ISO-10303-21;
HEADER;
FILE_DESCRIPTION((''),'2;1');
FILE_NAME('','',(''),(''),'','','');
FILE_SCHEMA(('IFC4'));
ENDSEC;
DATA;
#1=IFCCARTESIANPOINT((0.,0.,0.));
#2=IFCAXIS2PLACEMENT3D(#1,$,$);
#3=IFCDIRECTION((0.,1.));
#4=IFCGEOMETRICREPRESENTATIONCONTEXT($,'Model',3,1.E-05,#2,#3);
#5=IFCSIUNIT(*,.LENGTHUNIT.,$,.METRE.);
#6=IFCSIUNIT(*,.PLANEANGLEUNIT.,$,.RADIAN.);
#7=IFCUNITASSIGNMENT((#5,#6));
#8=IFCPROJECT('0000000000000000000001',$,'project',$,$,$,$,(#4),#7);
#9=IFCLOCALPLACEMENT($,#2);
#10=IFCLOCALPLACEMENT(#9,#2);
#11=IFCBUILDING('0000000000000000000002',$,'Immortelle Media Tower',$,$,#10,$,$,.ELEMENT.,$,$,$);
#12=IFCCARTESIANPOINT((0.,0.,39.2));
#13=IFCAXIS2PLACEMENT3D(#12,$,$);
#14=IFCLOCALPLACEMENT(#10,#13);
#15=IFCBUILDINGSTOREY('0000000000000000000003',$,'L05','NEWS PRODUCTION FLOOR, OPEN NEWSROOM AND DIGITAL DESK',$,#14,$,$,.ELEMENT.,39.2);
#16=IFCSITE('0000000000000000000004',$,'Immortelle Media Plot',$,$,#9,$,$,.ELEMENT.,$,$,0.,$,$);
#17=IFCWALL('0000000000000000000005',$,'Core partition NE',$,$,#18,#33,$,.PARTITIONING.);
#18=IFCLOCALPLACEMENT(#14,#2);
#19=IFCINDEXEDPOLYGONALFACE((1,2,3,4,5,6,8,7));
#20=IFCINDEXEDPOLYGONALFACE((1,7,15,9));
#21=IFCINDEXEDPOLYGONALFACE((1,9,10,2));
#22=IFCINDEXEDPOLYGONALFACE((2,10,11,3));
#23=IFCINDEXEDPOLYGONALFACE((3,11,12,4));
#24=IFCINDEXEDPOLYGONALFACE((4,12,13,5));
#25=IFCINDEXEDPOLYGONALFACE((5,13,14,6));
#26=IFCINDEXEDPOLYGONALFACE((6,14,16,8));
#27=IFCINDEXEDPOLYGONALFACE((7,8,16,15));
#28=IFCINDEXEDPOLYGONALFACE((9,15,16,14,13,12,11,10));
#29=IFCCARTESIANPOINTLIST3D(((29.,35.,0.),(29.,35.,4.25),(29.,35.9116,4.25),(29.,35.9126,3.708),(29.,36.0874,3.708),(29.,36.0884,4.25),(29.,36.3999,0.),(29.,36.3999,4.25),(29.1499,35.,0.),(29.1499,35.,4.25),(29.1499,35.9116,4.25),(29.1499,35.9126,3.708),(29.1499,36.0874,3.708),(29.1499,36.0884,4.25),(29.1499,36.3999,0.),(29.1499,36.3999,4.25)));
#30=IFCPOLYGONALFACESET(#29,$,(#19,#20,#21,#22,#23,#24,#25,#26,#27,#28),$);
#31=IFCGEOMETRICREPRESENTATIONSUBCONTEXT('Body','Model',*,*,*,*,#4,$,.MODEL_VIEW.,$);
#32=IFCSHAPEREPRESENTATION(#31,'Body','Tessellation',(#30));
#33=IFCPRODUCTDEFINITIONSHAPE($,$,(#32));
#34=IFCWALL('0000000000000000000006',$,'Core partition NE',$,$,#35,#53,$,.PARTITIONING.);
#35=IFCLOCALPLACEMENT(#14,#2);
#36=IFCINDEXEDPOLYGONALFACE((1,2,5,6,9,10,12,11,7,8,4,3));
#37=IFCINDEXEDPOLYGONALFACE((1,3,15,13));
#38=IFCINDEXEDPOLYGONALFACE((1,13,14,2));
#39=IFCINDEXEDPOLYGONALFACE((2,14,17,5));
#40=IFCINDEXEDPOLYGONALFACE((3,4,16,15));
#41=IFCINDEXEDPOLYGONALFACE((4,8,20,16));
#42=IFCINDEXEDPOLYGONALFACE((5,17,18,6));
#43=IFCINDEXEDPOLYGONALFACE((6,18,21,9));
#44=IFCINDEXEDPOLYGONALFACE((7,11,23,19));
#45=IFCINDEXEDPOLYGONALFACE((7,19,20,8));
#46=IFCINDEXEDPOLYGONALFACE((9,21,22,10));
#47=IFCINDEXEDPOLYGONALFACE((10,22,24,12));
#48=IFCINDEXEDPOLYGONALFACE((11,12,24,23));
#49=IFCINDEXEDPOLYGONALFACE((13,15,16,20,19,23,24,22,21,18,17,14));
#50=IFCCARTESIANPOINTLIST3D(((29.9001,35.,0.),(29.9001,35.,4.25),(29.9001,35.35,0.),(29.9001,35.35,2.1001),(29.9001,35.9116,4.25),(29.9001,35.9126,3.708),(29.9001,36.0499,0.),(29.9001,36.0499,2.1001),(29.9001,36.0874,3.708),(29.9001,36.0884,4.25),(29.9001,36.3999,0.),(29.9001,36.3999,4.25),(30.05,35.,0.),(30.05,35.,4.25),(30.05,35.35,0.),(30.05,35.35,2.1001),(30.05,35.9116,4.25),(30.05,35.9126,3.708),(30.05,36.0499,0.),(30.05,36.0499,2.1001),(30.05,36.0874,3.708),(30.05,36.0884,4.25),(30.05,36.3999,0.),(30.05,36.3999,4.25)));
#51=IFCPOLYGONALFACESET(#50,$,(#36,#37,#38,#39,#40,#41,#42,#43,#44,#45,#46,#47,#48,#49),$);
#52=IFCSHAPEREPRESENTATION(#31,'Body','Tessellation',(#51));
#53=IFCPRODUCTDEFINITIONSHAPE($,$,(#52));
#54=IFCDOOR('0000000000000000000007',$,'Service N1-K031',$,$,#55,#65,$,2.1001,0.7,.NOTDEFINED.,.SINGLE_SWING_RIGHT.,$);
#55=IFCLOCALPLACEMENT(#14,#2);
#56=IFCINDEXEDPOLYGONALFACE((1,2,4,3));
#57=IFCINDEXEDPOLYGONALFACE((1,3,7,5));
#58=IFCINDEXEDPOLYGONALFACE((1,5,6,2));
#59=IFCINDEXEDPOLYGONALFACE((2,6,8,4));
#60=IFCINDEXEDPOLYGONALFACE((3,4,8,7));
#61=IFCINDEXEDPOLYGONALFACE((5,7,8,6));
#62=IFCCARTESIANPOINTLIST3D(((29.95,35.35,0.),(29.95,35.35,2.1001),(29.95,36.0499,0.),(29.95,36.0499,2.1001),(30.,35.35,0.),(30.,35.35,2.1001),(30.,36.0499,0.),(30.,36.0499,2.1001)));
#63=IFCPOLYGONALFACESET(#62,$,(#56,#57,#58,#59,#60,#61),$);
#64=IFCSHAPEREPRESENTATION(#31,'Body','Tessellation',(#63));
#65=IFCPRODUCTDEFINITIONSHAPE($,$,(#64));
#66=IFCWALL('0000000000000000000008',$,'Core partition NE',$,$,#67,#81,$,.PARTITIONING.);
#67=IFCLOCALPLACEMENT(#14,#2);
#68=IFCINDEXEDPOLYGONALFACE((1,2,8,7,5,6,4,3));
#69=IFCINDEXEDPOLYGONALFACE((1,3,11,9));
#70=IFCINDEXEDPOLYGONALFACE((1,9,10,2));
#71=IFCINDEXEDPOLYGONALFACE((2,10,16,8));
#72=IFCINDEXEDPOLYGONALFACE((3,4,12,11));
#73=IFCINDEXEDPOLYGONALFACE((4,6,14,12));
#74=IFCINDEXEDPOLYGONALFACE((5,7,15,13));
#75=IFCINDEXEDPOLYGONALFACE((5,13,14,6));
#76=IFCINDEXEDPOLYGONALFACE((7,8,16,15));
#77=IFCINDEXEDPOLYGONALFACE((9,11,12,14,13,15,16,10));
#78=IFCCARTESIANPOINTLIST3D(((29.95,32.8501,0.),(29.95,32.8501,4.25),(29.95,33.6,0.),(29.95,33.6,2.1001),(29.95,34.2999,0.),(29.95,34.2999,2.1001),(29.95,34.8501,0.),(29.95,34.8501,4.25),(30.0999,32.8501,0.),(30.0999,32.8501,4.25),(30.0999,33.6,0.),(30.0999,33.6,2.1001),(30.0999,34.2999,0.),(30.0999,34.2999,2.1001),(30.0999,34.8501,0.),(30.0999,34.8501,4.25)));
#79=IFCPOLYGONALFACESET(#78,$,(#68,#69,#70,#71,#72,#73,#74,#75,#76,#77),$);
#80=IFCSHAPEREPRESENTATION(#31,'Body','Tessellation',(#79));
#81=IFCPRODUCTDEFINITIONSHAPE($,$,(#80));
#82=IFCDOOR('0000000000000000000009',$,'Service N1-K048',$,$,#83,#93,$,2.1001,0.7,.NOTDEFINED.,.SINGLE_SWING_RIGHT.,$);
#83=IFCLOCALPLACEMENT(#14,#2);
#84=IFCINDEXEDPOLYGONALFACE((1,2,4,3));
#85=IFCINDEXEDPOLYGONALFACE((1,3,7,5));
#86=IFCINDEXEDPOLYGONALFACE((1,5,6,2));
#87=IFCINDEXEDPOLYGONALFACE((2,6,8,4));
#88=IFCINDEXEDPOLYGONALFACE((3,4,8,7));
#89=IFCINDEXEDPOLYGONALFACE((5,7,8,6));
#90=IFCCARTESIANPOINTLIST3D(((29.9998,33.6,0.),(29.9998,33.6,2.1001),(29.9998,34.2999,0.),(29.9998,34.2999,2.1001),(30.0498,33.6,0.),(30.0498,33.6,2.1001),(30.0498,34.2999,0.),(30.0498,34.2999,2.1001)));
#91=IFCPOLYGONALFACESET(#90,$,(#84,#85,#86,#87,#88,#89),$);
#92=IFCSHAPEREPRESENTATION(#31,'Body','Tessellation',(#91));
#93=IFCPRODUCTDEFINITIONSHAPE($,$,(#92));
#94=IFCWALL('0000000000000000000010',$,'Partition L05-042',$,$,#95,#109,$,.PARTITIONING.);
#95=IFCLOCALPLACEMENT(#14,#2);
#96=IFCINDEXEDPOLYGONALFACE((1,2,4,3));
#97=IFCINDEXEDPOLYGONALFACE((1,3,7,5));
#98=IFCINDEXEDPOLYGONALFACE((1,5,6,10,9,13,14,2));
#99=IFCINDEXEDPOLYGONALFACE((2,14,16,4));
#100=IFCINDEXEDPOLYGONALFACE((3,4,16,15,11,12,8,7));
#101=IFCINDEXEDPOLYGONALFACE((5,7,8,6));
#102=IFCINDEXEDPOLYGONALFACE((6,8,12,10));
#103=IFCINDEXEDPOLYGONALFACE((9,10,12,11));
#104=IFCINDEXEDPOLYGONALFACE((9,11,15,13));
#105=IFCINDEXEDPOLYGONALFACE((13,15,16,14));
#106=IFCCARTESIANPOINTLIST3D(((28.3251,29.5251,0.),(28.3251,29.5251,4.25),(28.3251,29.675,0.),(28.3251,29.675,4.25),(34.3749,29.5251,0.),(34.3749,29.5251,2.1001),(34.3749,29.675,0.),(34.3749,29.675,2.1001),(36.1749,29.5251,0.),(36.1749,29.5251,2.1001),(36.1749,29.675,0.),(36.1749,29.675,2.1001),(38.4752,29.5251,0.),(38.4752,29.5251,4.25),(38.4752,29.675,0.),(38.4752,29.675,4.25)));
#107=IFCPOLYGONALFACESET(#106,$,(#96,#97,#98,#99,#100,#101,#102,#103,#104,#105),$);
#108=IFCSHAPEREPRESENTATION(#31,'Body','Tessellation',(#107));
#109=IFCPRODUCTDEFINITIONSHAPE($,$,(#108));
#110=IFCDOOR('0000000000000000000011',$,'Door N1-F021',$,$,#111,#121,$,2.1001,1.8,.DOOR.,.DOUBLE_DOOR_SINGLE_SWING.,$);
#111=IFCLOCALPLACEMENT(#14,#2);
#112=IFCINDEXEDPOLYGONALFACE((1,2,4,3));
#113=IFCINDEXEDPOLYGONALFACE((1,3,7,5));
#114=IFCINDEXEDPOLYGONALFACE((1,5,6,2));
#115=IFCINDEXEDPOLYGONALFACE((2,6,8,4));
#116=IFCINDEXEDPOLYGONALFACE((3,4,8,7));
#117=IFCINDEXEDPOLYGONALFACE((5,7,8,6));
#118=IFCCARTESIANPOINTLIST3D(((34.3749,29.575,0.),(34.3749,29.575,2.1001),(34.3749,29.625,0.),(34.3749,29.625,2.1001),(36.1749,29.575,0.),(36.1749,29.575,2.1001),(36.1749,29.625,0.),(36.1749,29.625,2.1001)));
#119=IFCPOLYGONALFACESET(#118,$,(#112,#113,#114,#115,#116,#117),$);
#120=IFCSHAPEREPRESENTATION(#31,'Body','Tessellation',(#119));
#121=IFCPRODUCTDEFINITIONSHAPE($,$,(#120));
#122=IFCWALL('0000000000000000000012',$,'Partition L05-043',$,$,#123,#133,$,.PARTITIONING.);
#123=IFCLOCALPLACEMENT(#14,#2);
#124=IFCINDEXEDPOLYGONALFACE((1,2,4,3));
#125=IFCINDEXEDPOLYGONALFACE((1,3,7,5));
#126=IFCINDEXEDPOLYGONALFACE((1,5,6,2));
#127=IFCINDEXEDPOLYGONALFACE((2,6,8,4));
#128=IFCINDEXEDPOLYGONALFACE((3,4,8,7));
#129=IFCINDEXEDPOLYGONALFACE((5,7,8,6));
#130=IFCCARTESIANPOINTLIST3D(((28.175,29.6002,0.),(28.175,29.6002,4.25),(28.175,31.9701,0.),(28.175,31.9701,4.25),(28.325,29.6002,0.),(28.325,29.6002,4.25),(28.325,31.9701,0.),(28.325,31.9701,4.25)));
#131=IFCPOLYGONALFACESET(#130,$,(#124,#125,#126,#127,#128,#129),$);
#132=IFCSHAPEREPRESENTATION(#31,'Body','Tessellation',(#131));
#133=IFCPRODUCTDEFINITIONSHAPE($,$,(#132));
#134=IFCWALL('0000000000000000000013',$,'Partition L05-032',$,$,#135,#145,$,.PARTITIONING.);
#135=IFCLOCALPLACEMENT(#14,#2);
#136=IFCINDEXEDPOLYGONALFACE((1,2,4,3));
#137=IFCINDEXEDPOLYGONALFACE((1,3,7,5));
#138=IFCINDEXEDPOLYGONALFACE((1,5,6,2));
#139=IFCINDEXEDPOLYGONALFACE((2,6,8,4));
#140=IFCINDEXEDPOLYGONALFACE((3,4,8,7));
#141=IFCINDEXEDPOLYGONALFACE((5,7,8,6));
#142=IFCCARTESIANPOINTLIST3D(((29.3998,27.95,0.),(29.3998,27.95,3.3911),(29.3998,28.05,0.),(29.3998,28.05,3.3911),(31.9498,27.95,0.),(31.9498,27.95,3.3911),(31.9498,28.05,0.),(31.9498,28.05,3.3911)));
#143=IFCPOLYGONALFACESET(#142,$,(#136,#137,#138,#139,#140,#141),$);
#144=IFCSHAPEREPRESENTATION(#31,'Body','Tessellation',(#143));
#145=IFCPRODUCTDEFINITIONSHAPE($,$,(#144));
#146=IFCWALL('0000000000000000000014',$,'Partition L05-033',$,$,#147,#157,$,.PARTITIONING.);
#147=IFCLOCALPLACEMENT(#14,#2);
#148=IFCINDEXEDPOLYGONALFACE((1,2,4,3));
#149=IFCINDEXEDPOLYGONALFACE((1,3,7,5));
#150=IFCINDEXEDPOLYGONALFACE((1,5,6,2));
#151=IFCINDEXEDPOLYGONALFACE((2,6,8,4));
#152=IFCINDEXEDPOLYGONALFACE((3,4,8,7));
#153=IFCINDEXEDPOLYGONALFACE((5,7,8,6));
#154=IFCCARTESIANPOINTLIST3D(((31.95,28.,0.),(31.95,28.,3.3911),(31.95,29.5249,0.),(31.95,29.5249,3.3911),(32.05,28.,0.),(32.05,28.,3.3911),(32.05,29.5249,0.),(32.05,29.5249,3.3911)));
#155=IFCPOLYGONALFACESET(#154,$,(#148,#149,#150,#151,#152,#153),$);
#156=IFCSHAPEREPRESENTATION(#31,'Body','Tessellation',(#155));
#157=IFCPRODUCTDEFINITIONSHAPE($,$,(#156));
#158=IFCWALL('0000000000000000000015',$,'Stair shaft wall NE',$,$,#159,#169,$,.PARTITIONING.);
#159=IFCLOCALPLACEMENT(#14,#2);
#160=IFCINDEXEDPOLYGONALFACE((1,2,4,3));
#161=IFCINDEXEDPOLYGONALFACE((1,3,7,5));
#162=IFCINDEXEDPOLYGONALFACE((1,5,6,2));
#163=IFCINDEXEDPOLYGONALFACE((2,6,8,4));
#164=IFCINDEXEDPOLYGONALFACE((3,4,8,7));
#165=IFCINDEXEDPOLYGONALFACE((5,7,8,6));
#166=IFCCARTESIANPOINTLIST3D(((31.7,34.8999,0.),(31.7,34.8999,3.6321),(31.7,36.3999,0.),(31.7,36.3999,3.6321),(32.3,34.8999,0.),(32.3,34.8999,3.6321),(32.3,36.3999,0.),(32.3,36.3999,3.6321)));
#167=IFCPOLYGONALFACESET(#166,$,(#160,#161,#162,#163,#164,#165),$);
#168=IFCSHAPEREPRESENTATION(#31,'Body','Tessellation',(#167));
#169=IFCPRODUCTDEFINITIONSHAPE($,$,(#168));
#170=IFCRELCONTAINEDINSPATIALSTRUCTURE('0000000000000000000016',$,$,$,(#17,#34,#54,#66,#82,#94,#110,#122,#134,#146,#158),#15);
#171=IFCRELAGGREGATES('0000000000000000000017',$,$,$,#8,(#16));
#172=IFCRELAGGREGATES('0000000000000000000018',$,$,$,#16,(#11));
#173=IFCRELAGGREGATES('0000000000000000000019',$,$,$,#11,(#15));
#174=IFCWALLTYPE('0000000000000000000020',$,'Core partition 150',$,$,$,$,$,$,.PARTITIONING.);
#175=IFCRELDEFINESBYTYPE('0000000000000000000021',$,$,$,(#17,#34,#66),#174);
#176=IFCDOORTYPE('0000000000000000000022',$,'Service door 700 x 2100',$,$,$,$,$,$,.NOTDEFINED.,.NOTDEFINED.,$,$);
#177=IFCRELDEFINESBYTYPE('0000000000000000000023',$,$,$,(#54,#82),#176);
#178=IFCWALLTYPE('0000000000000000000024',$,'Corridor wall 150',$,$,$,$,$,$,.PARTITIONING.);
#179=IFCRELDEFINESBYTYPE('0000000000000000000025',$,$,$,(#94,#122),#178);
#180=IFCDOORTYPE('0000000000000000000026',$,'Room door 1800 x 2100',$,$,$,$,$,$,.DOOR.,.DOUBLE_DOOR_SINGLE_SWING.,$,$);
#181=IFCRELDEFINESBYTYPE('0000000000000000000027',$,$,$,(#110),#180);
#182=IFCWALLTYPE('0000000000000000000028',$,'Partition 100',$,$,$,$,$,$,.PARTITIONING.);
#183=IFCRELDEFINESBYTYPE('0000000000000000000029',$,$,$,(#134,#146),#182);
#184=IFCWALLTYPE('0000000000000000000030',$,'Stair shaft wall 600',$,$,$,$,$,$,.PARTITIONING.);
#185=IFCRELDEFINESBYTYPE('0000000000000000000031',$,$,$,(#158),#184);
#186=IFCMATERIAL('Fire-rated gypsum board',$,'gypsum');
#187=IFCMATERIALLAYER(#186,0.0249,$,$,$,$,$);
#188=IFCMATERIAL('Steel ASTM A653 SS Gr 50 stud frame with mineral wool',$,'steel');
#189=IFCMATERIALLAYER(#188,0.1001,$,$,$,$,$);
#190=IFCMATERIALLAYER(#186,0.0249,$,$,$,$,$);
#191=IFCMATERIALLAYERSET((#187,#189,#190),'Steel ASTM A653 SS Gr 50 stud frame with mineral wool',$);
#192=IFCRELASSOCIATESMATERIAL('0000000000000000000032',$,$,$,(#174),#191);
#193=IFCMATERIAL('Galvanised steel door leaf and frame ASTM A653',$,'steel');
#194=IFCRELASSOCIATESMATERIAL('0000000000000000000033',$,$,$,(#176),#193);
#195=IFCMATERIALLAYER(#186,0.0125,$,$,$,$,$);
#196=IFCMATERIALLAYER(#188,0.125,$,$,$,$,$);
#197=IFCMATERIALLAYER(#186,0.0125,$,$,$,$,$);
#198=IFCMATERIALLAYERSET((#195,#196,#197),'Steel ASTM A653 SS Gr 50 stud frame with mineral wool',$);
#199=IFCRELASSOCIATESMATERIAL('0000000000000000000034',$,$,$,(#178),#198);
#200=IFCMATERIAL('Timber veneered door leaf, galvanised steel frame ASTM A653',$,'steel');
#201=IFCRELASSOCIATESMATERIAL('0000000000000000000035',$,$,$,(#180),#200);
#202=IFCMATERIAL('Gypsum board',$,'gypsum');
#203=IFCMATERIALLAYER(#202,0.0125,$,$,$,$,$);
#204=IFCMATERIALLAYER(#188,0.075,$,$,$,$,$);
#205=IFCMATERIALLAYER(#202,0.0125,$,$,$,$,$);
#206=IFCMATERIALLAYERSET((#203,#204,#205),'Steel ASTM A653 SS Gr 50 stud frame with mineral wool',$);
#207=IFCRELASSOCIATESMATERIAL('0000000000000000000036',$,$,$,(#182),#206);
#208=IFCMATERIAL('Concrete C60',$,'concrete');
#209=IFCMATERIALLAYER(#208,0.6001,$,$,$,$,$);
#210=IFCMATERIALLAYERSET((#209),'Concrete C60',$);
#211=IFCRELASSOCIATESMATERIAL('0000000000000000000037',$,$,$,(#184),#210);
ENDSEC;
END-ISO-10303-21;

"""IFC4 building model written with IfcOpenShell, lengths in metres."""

from ifc_helpers import new_model, si_unit, direction, frame, frame_2d, origin, place, context, subcontext, project, spatial, polyline, rectangle, outline, extrude, material, layer, layer_set, type_object, element, fill, save


model = new_model("IFC4")

# Units and contexts
model_context = context("Model", 3, precision=1e-05, world=origin(), true_north=direction((0.0, 1.0)))
body_context = subcontext(model_context, "Body", "Model", "MODEL_VIEW")
ifc_project = project(units=[si_unit("LENGTHUNIT", "METRE"), si_unit("PLANEANGLEUNIT", "RADIAN")], contexts=[model_context])

# Site, building, storey
site_placement = place(None, origin())
site = spatial("IfcSite", under=ifc_project, at=site_placement, Name="Immortelle Media Plot", CompositionType="ELEMENT", RefElevation=0.0)
building_placement = place(site_placement, origin())
building = spatial("IfcBuilding", under=site, at=building_placement, Name="Immortelle Media Tower", CompositionType="ELEMENT")
storey_placement = place(building_placement, frame((0.0, 0.0, 39.2)))
storey = spatial("IfcBuildingStorey", under=building, at=storey_placement, Name="L05", Description="NEWS PRODUCTION FLOOR, OPEN NEWSROOM AND DIGITAL DESK", CompositionType="ELEMENT", Elevation=39.2)

# Shared definitions
ifc_material_1 = material(Name="Fire-rated gypsum board", Category="gypsum")
ifc_material_2 = material(Name="Steel ASTM A653 SS Gr 50 stud frame with mineral wool", Category="steel")

# Shared definitions
ifc_layer_1 = layer(ifc_material_1, 0.0249)
ifc_layer_2 = layer(ifc_material_2, 0.1001)
ifc_layer_3 = layer(ifc_material_1, 0.0249)
ifc_layer_set_1 = layer_set([ifc_layer_1, ifc_layer_2, ifc_layer_3], Name="Steel ASTM A653 SS Gr 50 stud frame with mineral wool")
wall_type_1 = type_object("IfcWallType", Name="Core partition 150", PredefinedType="PARTITIONING", material=ifc_layer_set_1)
ifc_material_3 = material(Name="Galvanised steel door leaf and frame ASTM A653", Category="steel")
door_type_1 = type_object("IfcDoorType", Name="Service door 700 x 2100", OperationType="NOTDEFINED", PredefinedType="NOTDEFINED", material=ifc_material_3)

# Wall
wall_1_placement = place(storey_placement, frame((29.075, 35.0, 0.0), z_axis=(0.0, 0.0, 1.0), x_axis=(0.0, 1.0, 0.0)))
element("IfcWall", 1, at=wall_1_placement, inside=storey, type_object=wall_type_1, Name="Core partition NE", PredefinedType="PARTITIONING", context=body_context, shape_type="SweptSolid", body=[
    extrude(outline(polyline([(0.0, 0.0), (1.3999, 0.0), (1.3999, 4.25), (1.0884, 4.25), (1.0874, 3.708), (0.9126, 3.708), (0.9116, 4.25), (0.0, 4.25), (0.0, 0.0)])), frame((0.0, 0.075, 0.0), z_axis=(0.0, -1.0, 0.0), x_axis=(1.0, 0.0, 0.0)), (0.0, 0.0, 1.0), 0.1499),
])

# Walls, openings, doors
wall_2_placement = place(storey_placement, frame((29.9751, 35.0, 0.0), z_axis=(0.0, 0.0, 1.0), x_axis=(0.0, 1.0, 0.0)))
wall_2 = element("IfcWall", 2, at=wall_2_placement, inside=storey, type_object=wall_type_1, Name="Core partition NE", PredefinedType="PARTITIONING", context=body_context, shape_type="SweptSolid", body=[
    extrude(outline(polyline([(0.0, 0.0), (1.3999, 0.0), (1.3999, 4.25), (1.0884, 4.25), (1.0874, 3.708), (0.9126, 3.708), (0.9116, 4.25), (0.0, 4.25), (0.0, 0.0)])), frame((0.0, 0.075, 0.0), z_axis=(0.0, -1.0, 0.0), x_axis=(1.0, 0.0, 0.0)), (0.0, 0.0, 1.0), 0.1499),
])
opening_1_placement = place(wall_2_placement, frame((1.05, 0.0, 0.0), z_axis=(0.0, 0.0, 1.0), x_axis=(-1.0, 0.0, 0.0)))
opening_1 = element("IfcOpeningElement", 3, at=opening_1_placement, cuts=wall_2, PredefinedType="OPENING", context=body_context, shape_type="SweptSolid", body=[
    extrude(rectangle(XDim=0.7, YDim=2.1001, at=frame_2d((0.3501, 1.05))), frame((0.0, 0.085, 0.0), z_axis=(0.0, -1.0, 0.0), x_axis=(1.0, 0.0, 0.0)), (0.0, 0.0, 1.0), 0.1699),
])
door_1_placement = place(opening_1_placement, origin())
door_1 = element("IfcDoor", 4, at=door_1_placement, inside=storey, type_object=door_type_1, Name="Service N1-K031", OperationType="SINGLE_SWING_RIGHT", OverallHeight=2.1001, OverallWidth=0.7, PredefinedType="NOTDEFINED", context=body_context, shape_type="SweptSolid", body=[
    extrude(rectangle(XDim=0.7, YDim=2.1001, at=frame_2d((0.3501, 1.05))), frame((0.0, 0.0249, 0.0), z_axis=(0.0, -1.0, 0.0), x_axis=(1.0, 0.0, 0.0)), (0.0, 0.0, 1.0), 0.05),
])
fill(opening_1, door_1)
wall_3_placement = place(storey_placement, frame((30.0249, 32.8501, 0.0), z_axis=(0.0, 0.0, 1.0), x_axis=(0.0, 1.0, 0.0)))
wall_3 = element("IfcWall", 5, at=wall_3_placement, inside=storey, type_object=wall_type_1, Name="Core partition NE", PredefinedType="PARTITIONING", context=body_context, shape_type="SweptSolid", body=[
    extrude(rectangle(XDim=2.0, YDim=0.1499, at=frame_2d((1.0, 0.0))), origin(), (0.0, 0.0, 1.0), 4.25),
])
opening_2_placement = place(wall_3_placement, frame((1.45, 0.0, 0.0), z_axis=(0.0, 0.0, 1.0), x_axis=(-1.0, 0.0, 0.0)))
opening_2 = element("IfcOpeningElement", 6, at=opening_2_placement, cuts=wall_3, PredefinedType="OPENING", context=body_context, shape_type="SweptSolid", body=[
    extrude(rectangle(XDim=0.7, YDim=2.1001, at=frame_2d((0.3501, 1.05))), frame((0.0, 0.085, 0.0), z_axis=(0.0, -1.0, 0.0), x_axis=(1.0, 0.0, 0.0)), (0.0, 0.0, 1.0), 0.1699),
])
door_2_placement = place(opening_2_placement, origin())
door_2 = element("IfcDoor", 7, at=door_2_placement, inside=storey, type_object=door_type_1, Name="Service N1-K048", OperationType="SINGLE_SWING_RIGHT", OverallHeight=2.1001, OverallWidth=0.7, PredefinedType="NOTDEFINED", context=body_context, shape_type="SweptSolid", body=[
    extrude(rectangle(XDim=0.7, YDim=2.1001, at=frame_2d((0.3501, 1.05))), frame((0.0, 0.0249, 0.0), z_axis=(0.0, -1.0, 0.0), x_axis=(1.0, 0.0, 0.0)), (0.0, 0.0, 1.0), 0.05),
])
fill(opening_2, door_2)
ifc_layer_4 = layer(ifc_material_1, 0.0125)
ifc_layer_5 = layer(ifc_material_2, 0.125)
ifc_layer_6 = layer(ifc_material_1, 0.0125)
ifc_layer_set_2 = layer_set([ifc_layer_4, ifc_layer_5, ifc_layer_6], Name="Steel ASTM A653 SS Gr 50 stud frame with mineral wool")
wall_type_2 = type_object("IfcWallType", Name="Corridor wall 150", PredefinedType="PARTITIONING", material=ifc_layer_set_2)
wall_4_placement = place(storey_placement, frame((28.325, 29.6001, 0.0), z_axis=(0.0, 0.0, 1.0), x_axis=(1.0, 0.0, 0.0)))
wall_4 = element("IfcWall", 8, at=wall_4_placement, inside=storey, type_object=wall_type_2, Name="Partition L05-042", PredefinedType="PARTITIONING", context=body_context, shape_type="SweptSolid", body=[
    extrude(rectangle(XDim=10.1501, YDim=0.1499, at=frame_2d((5.0752, 0.0))), origin(), (0.0, 0.0, 1.0), 4.25),
])
opening_3_placement = place(wall_4_placement, frame((6.05, 0.0, 0.0)))
opening_3 = element("IfcOpeningElement", 9, at=opening_3_placement, cuts=wall_4, PredefinedType="OPENING", context=body_context, shape_type="SweptSolid", body=[
    extrude(rectangle(XDim=1.8, YDim=2.1001, at=frame_2d((0.8999, 1.05))), frame((0.0, 0.085, 0.0), z_axis=(0.0, -1.0, 0.0), x_axis=(1.0, 0.0, 0.0)), (0.0, 0.0, 1.0), 0.1699),
])
ifc_material_4 = material(Name="Timber veneered door leaf, galvanised steel frame ASTM A653", Category="steel")
door_type_2 = type_object("IfcDoorType", Name="Room door 1800 x 2100", OperationType="DOUBLE_DOOR_SINGLE_SWING", PredefinedType="DOOR", material=ifc_material_4)
door_3_placement = place(opening_3_placement, origin())
door_3 = element("IfcDoor", 10, at=door_3_placement, inside=storey, type_object=door_type_2, Name="Door N1-F021", OperationType="DOUBLE_DOOR_SINGLE_SWING", OverallHeight=2.1001, OverallWidth=1.8, PredefinedType="DOOR", context=body_context, shape_type="SweptSolid", body=[
    extrude(rectangle(XDim=1.8, YDim=2.1001, at=frame_2d((0.8999, 1.05))), frame((0.0, 0.0249, 0.0), z_axis=(0.0, -1.0, 0.0), x_axis=(1.0, 0.0, 0.0)), (0.0, 0.0, 1.0), 0.05),
])
fill(opening_3, door_3)

# Walls
wall_5_placement = place(storey_placement, frame((28.25, 29.6001, 0.0), z_axis=(0.0, 0.0, 1.0), x_axis=(0.0, 1.0, 0.0)))
element("IfcWall", 11, at=wall_5_placement, inside=storey, type_object=wall_type_2, Name="Partition L05-043", PredefinedType="PARTITIONING", context=body_context, shape_type="SweptSolid", body=[
    extrude(rectangle(XDim=2.3699, YDim=0.1499, at=frame_2d((1.1851, 0.0))), origin(), (0.0, 0.0, 1.0), 4.25),
])
ifc_material_5 = material(Name="Gypsum board", Category="gypsum")
ifc_layer_7 = layer(ifc_material_5, 0.0125)
ifc_layer_8 = layer(ifc_material_2, 0.075)
ifc_layer_9 = layer(ifc_material_5, 0.0125)
ifc_layer_set_3 = layer_set([ifc_layer_7, ifc_layer_8, ifc_layer_9], Name="Steel ASTM A653 SS Gr 50 stud frame with mineral wool")
wall_type_3 = type_object("IfcWallType", Name="Partition 100", PredefinedType="PARTITIONING", material=ifc_layer_set_3)
wall_6_placement = place(storey_placement, frame((29.3999, 28.0, 0.0), z_axis=(0.0, 0.0, 1.0), x_axis=(1.0, 0.0, 0.0)))
element("IfcWall", 12, at=wall_6_placement, inside=storey, type_object=wall_type_3, Name="Partition L05-032", PredefinedType="PARTITIONING", context=body_context, shape_type="SweptSolid", body=[
    extrude(rectangle(XDim=2.55, YDim=0.1001, at=frame_2d((1.2749, 0.0))), origin(), (0.0, 0.0, 1.0), 3.3911),
])
wall_7_placement = place(storey_placement, frame((32.0, 28.0, 0.0), z_axis=(0.0, 0.0, 1.0), x_axis=(0.0, 1.0, 0.0)))
element("IfcWall", 13, at=wall_7_placement, inside=storey, type_object=wall_type_3, Name="Partition L05-033", PredefinedType="PARTITIONING", context=body_context, shape_type="SweptSolid", body=[
    extrude(rectangle(XDim=1.5249, YDim=0.1001, at=frame_2d((0.7625, 0.0))), origin(), (0.0, 0.0, 1.0), 3.3911),
])
ifc_material_6 = material(Name="Concrete C60", Category="concrete")
ifc_layer_10 = layer(ifc_material_6, 0.6001)
ifc_layer_set_4 = layer_set([ifc_layer_10], Name="Concrete C60")
wall_type_4 = type_object("IfcWallType", Name="Stair shaft wall 600", PredefinedType="PARTITIONING", material=ifc_layer_set_4)
wall_8_placement = place(storey_placement, frame((32.0, 34.8999, 0.0), z_axis=(0.0, 0.0, 1.0), x_axis=(0.0, 1.0, 0.0)))
element("IfcWall", 14, at=wall_8_placement, inside=storey, type_object=wall_type_4, Name="Stair shaft wall NE", PredefinedType="PARTITIONING", context=body_context, shape_type="SweptSolid", body=[
    extrude(rectangle(XDim=1.5, YDim=0.6001, at=frame_2d((0.75, 0.0))), origin(), (0.0, 0.0, 1.0), 3.6321),
])

save(model, "model.ifc")
